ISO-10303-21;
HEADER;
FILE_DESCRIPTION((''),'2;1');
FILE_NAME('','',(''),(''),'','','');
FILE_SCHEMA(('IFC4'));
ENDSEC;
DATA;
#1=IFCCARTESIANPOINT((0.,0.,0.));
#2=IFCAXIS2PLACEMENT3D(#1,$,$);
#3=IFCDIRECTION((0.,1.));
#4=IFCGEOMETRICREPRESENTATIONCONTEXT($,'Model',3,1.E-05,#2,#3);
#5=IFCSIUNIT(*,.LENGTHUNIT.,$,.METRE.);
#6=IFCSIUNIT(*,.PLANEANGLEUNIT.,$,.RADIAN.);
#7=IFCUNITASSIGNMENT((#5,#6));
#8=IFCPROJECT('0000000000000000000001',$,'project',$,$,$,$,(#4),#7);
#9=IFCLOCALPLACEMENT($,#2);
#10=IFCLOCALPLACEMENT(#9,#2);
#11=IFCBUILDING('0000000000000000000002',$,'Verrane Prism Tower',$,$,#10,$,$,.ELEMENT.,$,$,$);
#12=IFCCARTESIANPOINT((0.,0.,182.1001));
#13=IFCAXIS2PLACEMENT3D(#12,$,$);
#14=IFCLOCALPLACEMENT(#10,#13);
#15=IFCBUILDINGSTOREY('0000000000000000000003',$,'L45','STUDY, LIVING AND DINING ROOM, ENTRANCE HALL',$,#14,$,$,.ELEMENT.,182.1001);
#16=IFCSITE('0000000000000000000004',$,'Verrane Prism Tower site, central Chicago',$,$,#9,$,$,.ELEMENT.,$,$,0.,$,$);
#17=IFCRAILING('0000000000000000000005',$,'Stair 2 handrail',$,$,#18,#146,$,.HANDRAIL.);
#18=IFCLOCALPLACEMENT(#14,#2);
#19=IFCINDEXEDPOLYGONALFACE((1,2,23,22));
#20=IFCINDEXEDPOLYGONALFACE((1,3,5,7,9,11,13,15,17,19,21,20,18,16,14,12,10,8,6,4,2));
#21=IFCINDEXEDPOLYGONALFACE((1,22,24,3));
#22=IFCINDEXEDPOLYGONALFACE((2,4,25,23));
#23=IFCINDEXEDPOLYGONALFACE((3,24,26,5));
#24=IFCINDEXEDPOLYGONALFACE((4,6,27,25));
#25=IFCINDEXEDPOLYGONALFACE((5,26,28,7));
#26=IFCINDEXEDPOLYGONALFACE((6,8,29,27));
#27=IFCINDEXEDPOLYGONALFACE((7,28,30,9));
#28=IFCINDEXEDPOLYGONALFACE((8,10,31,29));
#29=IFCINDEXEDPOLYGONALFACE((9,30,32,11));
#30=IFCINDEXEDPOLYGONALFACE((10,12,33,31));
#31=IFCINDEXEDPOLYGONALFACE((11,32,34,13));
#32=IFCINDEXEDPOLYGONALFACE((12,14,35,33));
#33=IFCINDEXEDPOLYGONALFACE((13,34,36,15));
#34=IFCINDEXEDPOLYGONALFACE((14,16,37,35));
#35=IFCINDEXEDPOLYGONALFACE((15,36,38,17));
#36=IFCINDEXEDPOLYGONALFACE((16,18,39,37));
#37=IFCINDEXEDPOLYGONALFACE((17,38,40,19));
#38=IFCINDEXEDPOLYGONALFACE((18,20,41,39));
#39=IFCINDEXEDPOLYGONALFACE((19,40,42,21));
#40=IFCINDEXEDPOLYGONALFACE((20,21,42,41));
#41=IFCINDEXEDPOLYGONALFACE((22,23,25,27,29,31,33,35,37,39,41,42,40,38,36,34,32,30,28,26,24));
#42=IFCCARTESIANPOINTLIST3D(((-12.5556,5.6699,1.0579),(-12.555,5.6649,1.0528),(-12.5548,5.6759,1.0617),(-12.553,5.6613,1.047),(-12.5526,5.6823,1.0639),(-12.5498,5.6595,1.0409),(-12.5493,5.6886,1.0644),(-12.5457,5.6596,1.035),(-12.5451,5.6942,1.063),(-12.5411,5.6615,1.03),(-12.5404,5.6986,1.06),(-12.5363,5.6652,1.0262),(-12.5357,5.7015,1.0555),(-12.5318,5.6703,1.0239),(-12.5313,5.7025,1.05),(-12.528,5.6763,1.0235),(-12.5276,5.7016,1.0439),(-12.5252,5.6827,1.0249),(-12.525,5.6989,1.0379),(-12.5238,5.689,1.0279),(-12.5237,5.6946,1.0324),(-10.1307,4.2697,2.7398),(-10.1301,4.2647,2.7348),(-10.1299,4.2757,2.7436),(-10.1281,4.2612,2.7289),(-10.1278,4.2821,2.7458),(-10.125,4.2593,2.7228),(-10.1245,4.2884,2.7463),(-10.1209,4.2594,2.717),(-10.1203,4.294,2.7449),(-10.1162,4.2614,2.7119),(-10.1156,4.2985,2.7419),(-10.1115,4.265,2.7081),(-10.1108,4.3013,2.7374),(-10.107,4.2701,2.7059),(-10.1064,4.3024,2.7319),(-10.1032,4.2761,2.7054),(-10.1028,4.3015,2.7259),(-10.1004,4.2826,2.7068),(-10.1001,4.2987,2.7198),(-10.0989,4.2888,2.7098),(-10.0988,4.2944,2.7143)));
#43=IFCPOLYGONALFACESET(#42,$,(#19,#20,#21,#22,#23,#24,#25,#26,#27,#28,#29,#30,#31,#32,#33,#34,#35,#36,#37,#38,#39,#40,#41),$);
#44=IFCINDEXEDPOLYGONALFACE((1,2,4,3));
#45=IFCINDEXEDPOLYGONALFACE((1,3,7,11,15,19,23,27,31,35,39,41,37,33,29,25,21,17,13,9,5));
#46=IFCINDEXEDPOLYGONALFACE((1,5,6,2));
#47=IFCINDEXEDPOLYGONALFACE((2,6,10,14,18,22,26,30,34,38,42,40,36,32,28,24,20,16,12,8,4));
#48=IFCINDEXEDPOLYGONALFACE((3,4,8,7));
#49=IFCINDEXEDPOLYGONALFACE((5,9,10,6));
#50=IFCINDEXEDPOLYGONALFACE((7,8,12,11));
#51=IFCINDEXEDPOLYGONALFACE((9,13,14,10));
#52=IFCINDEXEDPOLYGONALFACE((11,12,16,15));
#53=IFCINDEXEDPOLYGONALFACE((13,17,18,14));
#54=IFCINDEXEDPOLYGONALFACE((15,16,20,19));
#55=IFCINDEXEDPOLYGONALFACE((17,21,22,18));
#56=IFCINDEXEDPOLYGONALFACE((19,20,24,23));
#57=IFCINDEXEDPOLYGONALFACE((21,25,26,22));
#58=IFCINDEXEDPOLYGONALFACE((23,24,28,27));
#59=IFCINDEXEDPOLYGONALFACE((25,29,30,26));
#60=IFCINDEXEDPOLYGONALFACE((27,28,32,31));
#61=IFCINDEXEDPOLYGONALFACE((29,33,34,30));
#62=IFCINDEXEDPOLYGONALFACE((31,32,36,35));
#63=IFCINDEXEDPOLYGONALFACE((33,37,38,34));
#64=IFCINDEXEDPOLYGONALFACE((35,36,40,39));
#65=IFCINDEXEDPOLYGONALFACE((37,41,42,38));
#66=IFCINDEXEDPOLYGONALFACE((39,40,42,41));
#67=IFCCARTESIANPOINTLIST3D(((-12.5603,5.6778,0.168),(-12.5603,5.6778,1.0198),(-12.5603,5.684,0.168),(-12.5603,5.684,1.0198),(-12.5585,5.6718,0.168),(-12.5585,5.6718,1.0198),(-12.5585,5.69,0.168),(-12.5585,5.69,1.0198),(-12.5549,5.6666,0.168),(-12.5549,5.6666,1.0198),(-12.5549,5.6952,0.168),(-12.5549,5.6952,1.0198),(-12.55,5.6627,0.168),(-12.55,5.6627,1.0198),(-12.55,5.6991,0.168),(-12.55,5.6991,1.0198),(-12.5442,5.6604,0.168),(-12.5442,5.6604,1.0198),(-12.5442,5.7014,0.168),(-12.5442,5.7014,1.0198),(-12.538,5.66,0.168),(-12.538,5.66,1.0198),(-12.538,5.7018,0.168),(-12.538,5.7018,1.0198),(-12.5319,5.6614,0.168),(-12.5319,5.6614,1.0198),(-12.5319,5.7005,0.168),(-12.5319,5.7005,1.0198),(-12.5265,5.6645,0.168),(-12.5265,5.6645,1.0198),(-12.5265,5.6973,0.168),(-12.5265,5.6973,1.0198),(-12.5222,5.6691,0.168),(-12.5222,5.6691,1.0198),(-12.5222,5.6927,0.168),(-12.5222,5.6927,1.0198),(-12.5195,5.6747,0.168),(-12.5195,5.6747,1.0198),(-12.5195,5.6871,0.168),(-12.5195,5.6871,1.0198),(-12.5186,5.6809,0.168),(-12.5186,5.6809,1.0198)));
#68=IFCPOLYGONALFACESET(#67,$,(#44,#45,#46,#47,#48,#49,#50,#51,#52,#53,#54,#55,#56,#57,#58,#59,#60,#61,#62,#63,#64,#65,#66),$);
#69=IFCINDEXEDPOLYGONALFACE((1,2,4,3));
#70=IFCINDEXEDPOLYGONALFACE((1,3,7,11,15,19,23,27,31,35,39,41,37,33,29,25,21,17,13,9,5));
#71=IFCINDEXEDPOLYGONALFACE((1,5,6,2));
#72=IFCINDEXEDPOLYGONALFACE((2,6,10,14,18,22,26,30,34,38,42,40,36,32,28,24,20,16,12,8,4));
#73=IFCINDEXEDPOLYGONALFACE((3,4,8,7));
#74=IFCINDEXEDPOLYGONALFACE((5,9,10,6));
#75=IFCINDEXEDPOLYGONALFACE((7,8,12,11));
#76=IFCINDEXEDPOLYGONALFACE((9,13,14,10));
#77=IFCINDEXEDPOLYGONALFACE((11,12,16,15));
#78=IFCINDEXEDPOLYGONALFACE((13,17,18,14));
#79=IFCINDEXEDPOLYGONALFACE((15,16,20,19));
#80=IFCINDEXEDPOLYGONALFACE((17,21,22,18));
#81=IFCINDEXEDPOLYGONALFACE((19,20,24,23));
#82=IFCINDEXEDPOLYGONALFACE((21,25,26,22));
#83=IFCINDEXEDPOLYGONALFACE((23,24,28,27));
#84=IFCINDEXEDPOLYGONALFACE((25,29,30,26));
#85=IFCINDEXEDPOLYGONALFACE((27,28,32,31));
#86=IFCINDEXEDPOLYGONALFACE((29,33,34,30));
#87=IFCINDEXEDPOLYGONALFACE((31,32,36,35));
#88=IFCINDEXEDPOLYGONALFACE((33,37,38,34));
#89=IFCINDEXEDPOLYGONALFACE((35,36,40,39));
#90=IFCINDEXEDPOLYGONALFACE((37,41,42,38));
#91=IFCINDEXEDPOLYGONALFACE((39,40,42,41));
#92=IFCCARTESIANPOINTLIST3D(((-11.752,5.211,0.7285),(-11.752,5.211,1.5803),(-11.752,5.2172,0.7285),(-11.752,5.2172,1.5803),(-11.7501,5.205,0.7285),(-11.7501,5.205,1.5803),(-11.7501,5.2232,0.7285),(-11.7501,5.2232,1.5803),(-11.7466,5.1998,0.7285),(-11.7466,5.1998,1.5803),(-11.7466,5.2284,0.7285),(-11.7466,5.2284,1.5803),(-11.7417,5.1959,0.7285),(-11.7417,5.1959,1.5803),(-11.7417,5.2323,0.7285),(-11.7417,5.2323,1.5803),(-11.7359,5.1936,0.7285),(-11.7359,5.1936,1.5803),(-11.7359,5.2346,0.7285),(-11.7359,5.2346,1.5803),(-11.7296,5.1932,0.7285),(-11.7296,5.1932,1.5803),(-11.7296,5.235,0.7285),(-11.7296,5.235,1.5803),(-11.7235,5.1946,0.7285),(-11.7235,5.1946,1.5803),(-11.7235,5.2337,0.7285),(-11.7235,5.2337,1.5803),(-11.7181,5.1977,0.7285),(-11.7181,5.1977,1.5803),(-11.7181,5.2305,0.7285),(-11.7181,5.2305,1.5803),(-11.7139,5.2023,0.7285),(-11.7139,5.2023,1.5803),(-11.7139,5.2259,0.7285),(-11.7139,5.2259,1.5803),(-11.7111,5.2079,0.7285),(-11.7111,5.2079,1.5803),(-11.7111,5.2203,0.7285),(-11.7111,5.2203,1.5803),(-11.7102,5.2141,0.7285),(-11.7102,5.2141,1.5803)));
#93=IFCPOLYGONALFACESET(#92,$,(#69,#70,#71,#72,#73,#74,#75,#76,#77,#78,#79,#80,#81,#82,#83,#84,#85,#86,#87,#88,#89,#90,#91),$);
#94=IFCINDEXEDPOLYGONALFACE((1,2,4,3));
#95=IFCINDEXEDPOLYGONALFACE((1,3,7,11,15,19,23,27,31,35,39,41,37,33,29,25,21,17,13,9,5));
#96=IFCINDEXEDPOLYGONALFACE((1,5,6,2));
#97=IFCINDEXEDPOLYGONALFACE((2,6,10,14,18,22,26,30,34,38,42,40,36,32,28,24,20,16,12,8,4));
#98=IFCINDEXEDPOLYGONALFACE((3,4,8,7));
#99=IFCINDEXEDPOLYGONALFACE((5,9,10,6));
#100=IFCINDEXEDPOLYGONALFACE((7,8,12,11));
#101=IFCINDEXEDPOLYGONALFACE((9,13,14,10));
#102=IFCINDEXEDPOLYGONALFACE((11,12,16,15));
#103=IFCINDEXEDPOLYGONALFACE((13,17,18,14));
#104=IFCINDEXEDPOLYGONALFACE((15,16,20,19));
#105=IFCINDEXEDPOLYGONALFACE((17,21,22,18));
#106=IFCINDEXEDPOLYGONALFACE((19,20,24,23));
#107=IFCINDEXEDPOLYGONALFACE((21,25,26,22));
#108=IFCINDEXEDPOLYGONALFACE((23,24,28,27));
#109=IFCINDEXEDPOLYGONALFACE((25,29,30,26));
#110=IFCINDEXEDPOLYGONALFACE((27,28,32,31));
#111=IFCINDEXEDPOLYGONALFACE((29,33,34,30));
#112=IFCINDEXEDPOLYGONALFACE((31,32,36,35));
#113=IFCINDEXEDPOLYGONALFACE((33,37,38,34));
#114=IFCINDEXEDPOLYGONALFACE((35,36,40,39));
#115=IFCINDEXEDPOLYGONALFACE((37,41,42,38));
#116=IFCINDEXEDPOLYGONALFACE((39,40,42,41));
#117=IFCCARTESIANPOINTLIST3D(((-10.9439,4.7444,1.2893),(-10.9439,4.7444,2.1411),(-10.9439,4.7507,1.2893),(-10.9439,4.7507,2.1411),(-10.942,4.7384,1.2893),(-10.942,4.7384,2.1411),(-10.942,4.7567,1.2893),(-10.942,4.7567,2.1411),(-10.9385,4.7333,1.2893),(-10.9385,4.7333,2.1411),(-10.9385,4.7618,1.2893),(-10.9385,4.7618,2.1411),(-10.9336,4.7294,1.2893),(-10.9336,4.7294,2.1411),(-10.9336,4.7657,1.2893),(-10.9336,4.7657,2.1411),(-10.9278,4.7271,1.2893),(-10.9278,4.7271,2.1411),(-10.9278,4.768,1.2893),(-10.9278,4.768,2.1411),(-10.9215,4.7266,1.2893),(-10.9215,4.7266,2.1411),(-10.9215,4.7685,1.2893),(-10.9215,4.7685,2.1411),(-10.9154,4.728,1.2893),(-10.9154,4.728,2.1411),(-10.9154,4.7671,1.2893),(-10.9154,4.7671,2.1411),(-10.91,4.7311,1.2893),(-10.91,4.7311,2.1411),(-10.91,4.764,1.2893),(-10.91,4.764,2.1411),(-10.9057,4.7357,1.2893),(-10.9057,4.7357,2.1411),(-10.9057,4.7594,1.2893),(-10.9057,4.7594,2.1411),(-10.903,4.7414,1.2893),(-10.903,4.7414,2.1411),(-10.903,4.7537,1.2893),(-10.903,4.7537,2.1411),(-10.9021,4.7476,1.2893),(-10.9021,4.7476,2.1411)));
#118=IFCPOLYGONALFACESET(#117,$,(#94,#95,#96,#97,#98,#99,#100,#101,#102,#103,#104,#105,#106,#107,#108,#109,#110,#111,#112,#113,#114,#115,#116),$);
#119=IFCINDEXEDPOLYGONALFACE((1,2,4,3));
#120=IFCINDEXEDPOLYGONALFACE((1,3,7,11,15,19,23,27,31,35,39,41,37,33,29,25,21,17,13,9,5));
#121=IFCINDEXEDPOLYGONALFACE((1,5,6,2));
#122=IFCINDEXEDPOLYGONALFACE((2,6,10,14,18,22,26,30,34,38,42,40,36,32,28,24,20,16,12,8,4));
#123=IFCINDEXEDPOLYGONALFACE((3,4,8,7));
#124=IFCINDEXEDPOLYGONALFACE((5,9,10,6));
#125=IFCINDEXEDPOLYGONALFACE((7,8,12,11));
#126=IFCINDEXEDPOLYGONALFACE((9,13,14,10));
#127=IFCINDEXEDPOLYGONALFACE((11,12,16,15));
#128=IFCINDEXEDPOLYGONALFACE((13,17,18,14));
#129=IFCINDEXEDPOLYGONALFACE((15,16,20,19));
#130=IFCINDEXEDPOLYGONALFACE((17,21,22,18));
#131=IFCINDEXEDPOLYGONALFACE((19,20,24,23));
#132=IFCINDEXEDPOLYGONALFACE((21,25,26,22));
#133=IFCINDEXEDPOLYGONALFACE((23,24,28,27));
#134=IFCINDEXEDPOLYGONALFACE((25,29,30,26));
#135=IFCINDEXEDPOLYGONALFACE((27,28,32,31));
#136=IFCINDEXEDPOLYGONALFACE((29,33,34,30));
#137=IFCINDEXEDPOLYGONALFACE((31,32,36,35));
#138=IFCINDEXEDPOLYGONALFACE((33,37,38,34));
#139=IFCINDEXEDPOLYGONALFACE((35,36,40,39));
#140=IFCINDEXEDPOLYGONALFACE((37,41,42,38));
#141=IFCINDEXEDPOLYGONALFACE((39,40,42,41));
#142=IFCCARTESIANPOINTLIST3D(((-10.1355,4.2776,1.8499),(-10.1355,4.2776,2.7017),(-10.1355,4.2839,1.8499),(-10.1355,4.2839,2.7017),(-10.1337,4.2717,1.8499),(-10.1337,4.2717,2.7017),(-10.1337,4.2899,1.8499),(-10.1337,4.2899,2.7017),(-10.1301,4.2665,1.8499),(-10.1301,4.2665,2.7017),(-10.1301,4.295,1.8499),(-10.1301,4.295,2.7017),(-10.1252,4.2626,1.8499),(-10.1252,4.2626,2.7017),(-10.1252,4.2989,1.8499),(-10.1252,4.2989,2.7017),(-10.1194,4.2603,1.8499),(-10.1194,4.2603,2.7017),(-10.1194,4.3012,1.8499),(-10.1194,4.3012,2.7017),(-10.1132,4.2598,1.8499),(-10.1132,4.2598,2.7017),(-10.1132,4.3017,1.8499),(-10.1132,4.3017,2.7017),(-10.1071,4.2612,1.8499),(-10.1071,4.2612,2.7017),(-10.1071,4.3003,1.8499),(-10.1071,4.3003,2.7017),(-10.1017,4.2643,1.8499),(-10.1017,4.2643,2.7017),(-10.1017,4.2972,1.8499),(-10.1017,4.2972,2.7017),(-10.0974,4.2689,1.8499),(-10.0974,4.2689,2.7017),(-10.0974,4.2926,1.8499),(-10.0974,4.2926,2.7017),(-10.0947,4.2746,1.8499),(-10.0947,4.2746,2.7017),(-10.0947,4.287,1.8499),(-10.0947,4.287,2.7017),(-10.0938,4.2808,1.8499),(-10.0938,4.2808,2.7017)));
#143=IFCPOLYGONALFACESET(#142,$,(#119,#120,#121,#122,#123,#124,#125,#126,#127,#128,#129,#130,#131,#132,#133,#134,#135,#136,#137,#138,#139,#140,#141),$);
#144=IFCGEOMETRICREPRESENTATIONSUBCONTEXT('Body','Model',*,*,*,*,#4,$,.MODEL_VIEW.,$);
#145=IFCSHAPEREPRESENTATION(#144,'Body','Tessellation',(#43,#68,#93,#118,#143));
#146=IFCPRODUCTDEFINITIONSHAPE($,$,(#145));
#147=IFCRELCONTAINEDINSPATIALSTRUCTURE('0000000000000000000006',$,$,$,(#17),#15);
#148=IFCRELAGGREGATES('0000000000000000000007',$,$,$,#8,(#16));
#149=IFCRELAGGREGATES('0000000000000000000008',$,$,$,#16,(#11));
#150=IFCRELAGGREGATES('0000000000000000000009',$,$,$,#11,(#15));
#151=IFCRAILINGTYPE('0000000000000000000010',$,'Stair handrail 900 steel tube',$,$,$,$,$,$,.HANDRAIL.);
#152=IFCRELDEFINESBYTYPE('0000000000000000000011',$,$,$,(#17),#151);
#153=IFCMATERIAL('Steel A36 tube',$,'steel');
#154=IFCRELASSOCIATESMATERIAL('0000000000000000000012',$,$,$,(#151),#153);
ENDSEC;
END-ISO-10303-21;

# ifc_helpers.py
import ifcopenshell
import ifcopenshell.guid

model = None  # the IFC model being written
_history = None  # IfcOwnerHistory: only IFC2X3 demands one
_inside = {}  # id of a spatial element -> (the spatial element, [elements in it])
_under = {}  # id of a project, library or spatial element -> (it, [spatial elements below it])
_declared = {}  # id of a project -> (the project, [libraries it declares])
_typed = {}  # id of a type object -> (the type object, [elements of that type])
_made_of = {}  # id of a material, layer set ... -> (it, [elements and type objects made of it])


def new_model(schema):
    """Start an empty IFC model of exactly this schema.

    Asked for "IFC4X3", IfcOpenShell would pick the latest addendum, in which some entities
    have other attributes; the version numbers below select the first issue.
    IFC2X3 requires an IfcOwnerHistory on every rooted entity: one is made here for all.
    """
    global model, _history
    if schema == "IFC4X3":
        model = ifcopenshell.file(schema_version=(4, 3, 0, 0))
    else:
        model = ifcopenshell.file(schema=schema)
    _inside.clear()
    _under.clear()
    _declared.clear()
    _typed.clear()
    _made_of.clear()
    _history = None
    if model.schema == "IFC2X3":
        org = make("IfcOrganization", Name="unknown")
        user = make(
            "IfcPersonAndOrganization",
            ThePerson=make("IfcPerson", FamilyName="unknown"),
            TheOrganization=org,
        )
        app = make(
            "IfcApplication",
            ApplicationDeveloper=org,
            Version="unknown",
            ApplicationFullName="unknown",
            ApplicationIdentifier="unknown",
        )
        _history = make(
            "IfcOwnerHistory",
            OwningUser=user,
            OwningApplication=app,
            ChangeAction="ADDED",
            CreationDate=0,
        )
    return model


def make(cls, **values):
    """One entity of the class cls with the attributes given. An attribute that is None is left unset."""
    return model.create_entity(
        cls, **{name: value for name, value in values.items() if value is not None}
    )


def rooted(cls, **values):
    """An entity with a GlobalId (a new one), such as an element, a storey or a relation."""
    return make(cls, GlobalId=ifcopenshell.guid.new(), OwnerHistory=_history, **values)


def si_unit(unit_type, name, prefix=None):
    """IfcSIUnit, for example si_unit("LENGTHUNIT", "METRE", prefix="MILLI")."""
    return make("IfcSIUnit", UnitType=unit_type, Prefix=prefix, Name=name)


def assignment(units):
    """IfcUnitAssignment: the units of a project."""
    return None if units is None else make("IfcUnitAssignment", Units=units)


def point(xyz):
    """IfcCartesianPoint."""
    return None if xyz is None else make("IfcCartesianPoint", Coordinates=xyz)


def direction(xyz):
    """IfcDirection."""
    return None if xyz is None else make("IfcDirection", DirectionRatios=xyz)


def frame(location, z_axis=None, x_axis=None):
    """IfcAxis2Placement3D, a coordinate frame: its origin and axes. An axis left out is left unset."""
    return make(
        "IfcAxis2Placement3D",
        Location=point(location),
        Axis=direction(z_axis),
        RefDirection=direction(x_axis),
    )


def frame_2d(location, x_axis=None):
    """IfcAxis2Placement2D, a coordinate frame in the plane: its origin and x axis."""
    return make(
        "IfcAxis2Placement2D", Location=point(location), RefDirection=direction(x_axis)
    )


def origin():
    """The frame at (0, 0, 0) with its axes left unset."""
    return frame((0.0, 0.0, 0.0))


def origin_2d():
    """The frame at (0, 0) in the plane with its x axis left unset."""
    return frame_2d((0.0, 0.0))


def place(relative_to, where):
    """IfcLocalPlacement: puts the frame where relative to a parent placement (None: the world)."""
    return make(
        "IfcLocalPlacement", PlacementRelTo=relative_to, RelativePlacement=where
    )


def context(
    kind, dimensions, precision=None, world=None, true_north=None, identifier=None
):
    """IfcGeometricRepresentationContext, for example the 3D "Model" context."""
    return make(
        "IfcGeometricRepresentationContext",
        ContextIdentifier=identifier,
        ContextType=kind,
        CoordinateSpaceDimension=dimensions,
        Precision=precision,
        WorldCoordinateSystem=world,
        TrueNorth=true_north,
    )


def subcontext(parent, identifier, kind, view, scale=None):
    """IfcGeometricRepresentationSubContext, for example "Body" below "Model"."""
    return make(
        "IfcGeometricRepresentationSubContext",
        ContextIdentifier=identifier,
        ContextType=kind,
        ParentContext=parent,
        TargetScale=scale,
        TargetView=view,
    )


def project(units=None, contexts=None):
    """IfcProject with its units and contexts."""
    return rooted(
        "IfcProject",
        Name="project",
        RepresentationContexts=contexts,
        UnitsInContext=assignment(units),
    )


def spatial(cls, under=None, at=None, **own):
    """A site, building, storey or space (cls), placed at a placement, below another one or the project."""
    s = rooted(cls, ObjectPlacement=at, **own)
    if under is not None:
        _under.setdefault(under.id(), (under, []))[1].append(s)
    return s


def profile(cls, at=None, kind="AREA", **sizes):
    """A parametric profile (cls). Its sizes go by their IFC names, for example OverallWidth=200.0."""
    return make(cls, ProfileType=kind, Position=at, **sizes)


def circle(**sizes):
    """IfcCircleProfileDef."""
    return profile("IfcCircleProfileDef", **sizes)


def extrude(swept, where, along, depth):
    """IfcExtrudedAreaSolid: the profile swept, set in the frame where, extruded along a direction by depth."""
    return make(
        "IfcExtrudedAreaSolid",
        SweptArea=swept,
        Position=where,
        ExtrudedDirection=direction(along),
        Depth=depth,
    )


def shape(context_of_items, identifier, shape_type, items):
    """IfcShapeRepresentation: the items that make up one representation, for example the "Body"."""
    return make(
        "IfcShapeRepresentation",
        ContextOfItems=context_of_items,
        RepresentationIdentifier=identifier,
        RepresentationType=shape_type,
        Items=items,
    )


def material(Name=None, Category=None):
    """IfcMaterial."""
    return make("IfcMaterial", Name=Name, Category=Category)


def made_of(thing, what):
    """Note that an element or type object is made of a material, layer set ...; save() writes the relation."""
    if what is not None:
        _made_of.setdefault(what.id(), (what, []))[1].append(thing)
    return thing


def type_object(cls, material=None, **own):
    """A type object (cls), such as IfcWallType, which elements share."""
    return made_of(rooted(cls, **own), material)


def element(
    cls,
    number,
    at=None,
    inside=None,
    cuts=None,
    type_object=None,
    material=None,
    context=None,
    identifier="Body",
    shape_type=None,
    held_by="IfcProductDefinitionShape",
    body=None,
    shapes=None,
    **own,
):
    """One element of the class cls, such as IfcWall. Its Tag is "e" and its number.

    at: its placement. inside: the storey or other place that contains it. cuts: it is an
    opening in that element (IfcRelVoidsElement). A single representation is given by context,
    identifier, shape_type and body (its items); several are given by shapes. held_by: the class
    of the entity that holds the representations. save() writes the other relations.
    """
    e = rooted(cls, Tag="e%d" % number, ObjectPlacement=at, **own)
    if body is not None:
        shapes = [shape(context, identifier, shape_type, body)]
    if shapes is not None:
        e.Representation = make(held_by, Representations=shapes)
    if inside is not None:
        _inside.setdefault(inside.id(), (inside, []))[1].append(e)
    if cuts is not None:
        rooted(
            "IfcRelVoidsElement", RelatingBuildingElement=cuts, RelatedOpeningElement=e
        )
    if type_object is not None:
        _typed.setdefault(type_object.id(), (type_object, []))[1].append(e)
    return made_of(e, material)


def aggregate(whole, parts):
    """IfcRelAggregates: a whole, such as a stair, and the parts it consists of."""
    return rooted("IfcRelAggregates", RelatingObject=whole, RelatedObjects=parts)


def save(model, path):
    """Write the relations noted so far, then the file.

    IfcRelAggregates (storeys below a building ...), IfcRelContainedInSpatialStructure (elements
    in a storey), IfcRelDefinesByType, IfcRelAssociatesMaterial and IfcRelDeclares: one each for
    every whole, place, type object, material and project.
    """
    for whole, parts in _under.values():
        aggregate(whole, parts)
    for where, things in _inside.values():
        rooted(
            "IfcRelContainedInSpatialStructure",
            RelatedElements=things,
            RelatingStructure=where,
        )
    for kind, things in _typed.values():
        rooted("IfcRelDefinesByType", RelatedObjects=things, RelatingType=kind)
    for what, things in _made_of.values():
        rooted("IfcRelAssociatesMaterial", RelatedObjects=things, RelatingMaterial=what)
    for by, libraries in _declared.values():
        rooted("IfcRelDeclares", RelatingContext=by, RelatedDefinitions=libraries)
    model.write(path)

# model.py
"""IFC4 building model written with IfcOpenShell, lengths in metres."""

from ifc_helpers import new_model, si_unit, direction, frame, origin, origin_2d, place, context, subcontext, project, spatial, circle, extrude, material, type_object, element, save


model = new_model("IFC4")

# Units and contexts
model_context = context("Model", 3, precision=1e-05, world=origin(), true_north=direction((0.0, 1.0)))
body_context = subcontext(model_context, "Body", "Model", "MODEL_VIEW")
ifc_project = project(units=[si_unit("LENGTHUNIT", "METRE"), si_unit("PLANEANGLEUNIT", "RADIAN")], contexts=[model_context])

# Site, building, storey
site_placement = place(None, origin())
site = spatial("IfcSite", under=ifc_project, at=site_placement, Name="Verrane Prism Tower site, central Chicago", CompositionType="ELEMENT", RefElevation=0.0)
building_placement = place(site_placement, origin())
building = spatial("IfcBuilding", under=site, at=building_placement, Name="Verrane Prism Tower", CompositionType="ELEMENT")
storey_placement = place(building_placement, frame((0.0, 0.0, 182.1001)))
storey = spatial("IfcBuildingStorey", under=building, at=storey_placement, Name="L45", Description="STUDY, LIVING AND DINING ROOM, ENTRANCE HALL", CompositionType="ELEMENT", Elevation=182.1001)

# Railing
ifc_material_1 = material(Name="Steel A36 tube", Category="steel")
railing_type_1 = type_object("IfcRailingType", Name="Stair handrail 900 steel tube", PredefinedType="HANDRAIL", material=ifc_material_1)
railing_1_placement = place(storey_placement, frame((-12.5396, 5.6809, 0.168)))
element("IfcRailing", 1, at=railing_1_placement, inside=storey, type_object=railing_type_1, Name="Stair 2 handrail", PredefinedType="HANDRAIL", context=body_context, shape_type="SweptSolid", body=[
    extrude(circle(Radius=0.0239, at=origin_2d()), frame((0.0, 0.0, 0.876), z_axis=(0.742367, -0.428662, 0.514918), x_axis=(0.50005, 0.865997, 0.0)), (0.0, 0.0, 1.0), 3.2664),
    extrude(circle(Radius=0.021, at=origin_2d()), origin(), (0.0, 0.0, 1.0), 0.8518),
    extrude(circle(Radius=0.021, at=origin_2d()), frame((0.8083, -0.4668, 0.5605)), (0.0, 0.0, 1.0), 0.8518),
    extrude(circle(Radius=0.021, at=origin_2d()), frame((1.6165, -0.9333, 1.1213)), (0.0, 0.0, 1.0), 0.8518),
    extrude(circle(Radius=0.021, at=origin_2d()), frame((2.4248, -1.4001, 1.6819)), (0.0, 0.0, 1.0), 0.8518),
])

save(model, "model.ifc")
